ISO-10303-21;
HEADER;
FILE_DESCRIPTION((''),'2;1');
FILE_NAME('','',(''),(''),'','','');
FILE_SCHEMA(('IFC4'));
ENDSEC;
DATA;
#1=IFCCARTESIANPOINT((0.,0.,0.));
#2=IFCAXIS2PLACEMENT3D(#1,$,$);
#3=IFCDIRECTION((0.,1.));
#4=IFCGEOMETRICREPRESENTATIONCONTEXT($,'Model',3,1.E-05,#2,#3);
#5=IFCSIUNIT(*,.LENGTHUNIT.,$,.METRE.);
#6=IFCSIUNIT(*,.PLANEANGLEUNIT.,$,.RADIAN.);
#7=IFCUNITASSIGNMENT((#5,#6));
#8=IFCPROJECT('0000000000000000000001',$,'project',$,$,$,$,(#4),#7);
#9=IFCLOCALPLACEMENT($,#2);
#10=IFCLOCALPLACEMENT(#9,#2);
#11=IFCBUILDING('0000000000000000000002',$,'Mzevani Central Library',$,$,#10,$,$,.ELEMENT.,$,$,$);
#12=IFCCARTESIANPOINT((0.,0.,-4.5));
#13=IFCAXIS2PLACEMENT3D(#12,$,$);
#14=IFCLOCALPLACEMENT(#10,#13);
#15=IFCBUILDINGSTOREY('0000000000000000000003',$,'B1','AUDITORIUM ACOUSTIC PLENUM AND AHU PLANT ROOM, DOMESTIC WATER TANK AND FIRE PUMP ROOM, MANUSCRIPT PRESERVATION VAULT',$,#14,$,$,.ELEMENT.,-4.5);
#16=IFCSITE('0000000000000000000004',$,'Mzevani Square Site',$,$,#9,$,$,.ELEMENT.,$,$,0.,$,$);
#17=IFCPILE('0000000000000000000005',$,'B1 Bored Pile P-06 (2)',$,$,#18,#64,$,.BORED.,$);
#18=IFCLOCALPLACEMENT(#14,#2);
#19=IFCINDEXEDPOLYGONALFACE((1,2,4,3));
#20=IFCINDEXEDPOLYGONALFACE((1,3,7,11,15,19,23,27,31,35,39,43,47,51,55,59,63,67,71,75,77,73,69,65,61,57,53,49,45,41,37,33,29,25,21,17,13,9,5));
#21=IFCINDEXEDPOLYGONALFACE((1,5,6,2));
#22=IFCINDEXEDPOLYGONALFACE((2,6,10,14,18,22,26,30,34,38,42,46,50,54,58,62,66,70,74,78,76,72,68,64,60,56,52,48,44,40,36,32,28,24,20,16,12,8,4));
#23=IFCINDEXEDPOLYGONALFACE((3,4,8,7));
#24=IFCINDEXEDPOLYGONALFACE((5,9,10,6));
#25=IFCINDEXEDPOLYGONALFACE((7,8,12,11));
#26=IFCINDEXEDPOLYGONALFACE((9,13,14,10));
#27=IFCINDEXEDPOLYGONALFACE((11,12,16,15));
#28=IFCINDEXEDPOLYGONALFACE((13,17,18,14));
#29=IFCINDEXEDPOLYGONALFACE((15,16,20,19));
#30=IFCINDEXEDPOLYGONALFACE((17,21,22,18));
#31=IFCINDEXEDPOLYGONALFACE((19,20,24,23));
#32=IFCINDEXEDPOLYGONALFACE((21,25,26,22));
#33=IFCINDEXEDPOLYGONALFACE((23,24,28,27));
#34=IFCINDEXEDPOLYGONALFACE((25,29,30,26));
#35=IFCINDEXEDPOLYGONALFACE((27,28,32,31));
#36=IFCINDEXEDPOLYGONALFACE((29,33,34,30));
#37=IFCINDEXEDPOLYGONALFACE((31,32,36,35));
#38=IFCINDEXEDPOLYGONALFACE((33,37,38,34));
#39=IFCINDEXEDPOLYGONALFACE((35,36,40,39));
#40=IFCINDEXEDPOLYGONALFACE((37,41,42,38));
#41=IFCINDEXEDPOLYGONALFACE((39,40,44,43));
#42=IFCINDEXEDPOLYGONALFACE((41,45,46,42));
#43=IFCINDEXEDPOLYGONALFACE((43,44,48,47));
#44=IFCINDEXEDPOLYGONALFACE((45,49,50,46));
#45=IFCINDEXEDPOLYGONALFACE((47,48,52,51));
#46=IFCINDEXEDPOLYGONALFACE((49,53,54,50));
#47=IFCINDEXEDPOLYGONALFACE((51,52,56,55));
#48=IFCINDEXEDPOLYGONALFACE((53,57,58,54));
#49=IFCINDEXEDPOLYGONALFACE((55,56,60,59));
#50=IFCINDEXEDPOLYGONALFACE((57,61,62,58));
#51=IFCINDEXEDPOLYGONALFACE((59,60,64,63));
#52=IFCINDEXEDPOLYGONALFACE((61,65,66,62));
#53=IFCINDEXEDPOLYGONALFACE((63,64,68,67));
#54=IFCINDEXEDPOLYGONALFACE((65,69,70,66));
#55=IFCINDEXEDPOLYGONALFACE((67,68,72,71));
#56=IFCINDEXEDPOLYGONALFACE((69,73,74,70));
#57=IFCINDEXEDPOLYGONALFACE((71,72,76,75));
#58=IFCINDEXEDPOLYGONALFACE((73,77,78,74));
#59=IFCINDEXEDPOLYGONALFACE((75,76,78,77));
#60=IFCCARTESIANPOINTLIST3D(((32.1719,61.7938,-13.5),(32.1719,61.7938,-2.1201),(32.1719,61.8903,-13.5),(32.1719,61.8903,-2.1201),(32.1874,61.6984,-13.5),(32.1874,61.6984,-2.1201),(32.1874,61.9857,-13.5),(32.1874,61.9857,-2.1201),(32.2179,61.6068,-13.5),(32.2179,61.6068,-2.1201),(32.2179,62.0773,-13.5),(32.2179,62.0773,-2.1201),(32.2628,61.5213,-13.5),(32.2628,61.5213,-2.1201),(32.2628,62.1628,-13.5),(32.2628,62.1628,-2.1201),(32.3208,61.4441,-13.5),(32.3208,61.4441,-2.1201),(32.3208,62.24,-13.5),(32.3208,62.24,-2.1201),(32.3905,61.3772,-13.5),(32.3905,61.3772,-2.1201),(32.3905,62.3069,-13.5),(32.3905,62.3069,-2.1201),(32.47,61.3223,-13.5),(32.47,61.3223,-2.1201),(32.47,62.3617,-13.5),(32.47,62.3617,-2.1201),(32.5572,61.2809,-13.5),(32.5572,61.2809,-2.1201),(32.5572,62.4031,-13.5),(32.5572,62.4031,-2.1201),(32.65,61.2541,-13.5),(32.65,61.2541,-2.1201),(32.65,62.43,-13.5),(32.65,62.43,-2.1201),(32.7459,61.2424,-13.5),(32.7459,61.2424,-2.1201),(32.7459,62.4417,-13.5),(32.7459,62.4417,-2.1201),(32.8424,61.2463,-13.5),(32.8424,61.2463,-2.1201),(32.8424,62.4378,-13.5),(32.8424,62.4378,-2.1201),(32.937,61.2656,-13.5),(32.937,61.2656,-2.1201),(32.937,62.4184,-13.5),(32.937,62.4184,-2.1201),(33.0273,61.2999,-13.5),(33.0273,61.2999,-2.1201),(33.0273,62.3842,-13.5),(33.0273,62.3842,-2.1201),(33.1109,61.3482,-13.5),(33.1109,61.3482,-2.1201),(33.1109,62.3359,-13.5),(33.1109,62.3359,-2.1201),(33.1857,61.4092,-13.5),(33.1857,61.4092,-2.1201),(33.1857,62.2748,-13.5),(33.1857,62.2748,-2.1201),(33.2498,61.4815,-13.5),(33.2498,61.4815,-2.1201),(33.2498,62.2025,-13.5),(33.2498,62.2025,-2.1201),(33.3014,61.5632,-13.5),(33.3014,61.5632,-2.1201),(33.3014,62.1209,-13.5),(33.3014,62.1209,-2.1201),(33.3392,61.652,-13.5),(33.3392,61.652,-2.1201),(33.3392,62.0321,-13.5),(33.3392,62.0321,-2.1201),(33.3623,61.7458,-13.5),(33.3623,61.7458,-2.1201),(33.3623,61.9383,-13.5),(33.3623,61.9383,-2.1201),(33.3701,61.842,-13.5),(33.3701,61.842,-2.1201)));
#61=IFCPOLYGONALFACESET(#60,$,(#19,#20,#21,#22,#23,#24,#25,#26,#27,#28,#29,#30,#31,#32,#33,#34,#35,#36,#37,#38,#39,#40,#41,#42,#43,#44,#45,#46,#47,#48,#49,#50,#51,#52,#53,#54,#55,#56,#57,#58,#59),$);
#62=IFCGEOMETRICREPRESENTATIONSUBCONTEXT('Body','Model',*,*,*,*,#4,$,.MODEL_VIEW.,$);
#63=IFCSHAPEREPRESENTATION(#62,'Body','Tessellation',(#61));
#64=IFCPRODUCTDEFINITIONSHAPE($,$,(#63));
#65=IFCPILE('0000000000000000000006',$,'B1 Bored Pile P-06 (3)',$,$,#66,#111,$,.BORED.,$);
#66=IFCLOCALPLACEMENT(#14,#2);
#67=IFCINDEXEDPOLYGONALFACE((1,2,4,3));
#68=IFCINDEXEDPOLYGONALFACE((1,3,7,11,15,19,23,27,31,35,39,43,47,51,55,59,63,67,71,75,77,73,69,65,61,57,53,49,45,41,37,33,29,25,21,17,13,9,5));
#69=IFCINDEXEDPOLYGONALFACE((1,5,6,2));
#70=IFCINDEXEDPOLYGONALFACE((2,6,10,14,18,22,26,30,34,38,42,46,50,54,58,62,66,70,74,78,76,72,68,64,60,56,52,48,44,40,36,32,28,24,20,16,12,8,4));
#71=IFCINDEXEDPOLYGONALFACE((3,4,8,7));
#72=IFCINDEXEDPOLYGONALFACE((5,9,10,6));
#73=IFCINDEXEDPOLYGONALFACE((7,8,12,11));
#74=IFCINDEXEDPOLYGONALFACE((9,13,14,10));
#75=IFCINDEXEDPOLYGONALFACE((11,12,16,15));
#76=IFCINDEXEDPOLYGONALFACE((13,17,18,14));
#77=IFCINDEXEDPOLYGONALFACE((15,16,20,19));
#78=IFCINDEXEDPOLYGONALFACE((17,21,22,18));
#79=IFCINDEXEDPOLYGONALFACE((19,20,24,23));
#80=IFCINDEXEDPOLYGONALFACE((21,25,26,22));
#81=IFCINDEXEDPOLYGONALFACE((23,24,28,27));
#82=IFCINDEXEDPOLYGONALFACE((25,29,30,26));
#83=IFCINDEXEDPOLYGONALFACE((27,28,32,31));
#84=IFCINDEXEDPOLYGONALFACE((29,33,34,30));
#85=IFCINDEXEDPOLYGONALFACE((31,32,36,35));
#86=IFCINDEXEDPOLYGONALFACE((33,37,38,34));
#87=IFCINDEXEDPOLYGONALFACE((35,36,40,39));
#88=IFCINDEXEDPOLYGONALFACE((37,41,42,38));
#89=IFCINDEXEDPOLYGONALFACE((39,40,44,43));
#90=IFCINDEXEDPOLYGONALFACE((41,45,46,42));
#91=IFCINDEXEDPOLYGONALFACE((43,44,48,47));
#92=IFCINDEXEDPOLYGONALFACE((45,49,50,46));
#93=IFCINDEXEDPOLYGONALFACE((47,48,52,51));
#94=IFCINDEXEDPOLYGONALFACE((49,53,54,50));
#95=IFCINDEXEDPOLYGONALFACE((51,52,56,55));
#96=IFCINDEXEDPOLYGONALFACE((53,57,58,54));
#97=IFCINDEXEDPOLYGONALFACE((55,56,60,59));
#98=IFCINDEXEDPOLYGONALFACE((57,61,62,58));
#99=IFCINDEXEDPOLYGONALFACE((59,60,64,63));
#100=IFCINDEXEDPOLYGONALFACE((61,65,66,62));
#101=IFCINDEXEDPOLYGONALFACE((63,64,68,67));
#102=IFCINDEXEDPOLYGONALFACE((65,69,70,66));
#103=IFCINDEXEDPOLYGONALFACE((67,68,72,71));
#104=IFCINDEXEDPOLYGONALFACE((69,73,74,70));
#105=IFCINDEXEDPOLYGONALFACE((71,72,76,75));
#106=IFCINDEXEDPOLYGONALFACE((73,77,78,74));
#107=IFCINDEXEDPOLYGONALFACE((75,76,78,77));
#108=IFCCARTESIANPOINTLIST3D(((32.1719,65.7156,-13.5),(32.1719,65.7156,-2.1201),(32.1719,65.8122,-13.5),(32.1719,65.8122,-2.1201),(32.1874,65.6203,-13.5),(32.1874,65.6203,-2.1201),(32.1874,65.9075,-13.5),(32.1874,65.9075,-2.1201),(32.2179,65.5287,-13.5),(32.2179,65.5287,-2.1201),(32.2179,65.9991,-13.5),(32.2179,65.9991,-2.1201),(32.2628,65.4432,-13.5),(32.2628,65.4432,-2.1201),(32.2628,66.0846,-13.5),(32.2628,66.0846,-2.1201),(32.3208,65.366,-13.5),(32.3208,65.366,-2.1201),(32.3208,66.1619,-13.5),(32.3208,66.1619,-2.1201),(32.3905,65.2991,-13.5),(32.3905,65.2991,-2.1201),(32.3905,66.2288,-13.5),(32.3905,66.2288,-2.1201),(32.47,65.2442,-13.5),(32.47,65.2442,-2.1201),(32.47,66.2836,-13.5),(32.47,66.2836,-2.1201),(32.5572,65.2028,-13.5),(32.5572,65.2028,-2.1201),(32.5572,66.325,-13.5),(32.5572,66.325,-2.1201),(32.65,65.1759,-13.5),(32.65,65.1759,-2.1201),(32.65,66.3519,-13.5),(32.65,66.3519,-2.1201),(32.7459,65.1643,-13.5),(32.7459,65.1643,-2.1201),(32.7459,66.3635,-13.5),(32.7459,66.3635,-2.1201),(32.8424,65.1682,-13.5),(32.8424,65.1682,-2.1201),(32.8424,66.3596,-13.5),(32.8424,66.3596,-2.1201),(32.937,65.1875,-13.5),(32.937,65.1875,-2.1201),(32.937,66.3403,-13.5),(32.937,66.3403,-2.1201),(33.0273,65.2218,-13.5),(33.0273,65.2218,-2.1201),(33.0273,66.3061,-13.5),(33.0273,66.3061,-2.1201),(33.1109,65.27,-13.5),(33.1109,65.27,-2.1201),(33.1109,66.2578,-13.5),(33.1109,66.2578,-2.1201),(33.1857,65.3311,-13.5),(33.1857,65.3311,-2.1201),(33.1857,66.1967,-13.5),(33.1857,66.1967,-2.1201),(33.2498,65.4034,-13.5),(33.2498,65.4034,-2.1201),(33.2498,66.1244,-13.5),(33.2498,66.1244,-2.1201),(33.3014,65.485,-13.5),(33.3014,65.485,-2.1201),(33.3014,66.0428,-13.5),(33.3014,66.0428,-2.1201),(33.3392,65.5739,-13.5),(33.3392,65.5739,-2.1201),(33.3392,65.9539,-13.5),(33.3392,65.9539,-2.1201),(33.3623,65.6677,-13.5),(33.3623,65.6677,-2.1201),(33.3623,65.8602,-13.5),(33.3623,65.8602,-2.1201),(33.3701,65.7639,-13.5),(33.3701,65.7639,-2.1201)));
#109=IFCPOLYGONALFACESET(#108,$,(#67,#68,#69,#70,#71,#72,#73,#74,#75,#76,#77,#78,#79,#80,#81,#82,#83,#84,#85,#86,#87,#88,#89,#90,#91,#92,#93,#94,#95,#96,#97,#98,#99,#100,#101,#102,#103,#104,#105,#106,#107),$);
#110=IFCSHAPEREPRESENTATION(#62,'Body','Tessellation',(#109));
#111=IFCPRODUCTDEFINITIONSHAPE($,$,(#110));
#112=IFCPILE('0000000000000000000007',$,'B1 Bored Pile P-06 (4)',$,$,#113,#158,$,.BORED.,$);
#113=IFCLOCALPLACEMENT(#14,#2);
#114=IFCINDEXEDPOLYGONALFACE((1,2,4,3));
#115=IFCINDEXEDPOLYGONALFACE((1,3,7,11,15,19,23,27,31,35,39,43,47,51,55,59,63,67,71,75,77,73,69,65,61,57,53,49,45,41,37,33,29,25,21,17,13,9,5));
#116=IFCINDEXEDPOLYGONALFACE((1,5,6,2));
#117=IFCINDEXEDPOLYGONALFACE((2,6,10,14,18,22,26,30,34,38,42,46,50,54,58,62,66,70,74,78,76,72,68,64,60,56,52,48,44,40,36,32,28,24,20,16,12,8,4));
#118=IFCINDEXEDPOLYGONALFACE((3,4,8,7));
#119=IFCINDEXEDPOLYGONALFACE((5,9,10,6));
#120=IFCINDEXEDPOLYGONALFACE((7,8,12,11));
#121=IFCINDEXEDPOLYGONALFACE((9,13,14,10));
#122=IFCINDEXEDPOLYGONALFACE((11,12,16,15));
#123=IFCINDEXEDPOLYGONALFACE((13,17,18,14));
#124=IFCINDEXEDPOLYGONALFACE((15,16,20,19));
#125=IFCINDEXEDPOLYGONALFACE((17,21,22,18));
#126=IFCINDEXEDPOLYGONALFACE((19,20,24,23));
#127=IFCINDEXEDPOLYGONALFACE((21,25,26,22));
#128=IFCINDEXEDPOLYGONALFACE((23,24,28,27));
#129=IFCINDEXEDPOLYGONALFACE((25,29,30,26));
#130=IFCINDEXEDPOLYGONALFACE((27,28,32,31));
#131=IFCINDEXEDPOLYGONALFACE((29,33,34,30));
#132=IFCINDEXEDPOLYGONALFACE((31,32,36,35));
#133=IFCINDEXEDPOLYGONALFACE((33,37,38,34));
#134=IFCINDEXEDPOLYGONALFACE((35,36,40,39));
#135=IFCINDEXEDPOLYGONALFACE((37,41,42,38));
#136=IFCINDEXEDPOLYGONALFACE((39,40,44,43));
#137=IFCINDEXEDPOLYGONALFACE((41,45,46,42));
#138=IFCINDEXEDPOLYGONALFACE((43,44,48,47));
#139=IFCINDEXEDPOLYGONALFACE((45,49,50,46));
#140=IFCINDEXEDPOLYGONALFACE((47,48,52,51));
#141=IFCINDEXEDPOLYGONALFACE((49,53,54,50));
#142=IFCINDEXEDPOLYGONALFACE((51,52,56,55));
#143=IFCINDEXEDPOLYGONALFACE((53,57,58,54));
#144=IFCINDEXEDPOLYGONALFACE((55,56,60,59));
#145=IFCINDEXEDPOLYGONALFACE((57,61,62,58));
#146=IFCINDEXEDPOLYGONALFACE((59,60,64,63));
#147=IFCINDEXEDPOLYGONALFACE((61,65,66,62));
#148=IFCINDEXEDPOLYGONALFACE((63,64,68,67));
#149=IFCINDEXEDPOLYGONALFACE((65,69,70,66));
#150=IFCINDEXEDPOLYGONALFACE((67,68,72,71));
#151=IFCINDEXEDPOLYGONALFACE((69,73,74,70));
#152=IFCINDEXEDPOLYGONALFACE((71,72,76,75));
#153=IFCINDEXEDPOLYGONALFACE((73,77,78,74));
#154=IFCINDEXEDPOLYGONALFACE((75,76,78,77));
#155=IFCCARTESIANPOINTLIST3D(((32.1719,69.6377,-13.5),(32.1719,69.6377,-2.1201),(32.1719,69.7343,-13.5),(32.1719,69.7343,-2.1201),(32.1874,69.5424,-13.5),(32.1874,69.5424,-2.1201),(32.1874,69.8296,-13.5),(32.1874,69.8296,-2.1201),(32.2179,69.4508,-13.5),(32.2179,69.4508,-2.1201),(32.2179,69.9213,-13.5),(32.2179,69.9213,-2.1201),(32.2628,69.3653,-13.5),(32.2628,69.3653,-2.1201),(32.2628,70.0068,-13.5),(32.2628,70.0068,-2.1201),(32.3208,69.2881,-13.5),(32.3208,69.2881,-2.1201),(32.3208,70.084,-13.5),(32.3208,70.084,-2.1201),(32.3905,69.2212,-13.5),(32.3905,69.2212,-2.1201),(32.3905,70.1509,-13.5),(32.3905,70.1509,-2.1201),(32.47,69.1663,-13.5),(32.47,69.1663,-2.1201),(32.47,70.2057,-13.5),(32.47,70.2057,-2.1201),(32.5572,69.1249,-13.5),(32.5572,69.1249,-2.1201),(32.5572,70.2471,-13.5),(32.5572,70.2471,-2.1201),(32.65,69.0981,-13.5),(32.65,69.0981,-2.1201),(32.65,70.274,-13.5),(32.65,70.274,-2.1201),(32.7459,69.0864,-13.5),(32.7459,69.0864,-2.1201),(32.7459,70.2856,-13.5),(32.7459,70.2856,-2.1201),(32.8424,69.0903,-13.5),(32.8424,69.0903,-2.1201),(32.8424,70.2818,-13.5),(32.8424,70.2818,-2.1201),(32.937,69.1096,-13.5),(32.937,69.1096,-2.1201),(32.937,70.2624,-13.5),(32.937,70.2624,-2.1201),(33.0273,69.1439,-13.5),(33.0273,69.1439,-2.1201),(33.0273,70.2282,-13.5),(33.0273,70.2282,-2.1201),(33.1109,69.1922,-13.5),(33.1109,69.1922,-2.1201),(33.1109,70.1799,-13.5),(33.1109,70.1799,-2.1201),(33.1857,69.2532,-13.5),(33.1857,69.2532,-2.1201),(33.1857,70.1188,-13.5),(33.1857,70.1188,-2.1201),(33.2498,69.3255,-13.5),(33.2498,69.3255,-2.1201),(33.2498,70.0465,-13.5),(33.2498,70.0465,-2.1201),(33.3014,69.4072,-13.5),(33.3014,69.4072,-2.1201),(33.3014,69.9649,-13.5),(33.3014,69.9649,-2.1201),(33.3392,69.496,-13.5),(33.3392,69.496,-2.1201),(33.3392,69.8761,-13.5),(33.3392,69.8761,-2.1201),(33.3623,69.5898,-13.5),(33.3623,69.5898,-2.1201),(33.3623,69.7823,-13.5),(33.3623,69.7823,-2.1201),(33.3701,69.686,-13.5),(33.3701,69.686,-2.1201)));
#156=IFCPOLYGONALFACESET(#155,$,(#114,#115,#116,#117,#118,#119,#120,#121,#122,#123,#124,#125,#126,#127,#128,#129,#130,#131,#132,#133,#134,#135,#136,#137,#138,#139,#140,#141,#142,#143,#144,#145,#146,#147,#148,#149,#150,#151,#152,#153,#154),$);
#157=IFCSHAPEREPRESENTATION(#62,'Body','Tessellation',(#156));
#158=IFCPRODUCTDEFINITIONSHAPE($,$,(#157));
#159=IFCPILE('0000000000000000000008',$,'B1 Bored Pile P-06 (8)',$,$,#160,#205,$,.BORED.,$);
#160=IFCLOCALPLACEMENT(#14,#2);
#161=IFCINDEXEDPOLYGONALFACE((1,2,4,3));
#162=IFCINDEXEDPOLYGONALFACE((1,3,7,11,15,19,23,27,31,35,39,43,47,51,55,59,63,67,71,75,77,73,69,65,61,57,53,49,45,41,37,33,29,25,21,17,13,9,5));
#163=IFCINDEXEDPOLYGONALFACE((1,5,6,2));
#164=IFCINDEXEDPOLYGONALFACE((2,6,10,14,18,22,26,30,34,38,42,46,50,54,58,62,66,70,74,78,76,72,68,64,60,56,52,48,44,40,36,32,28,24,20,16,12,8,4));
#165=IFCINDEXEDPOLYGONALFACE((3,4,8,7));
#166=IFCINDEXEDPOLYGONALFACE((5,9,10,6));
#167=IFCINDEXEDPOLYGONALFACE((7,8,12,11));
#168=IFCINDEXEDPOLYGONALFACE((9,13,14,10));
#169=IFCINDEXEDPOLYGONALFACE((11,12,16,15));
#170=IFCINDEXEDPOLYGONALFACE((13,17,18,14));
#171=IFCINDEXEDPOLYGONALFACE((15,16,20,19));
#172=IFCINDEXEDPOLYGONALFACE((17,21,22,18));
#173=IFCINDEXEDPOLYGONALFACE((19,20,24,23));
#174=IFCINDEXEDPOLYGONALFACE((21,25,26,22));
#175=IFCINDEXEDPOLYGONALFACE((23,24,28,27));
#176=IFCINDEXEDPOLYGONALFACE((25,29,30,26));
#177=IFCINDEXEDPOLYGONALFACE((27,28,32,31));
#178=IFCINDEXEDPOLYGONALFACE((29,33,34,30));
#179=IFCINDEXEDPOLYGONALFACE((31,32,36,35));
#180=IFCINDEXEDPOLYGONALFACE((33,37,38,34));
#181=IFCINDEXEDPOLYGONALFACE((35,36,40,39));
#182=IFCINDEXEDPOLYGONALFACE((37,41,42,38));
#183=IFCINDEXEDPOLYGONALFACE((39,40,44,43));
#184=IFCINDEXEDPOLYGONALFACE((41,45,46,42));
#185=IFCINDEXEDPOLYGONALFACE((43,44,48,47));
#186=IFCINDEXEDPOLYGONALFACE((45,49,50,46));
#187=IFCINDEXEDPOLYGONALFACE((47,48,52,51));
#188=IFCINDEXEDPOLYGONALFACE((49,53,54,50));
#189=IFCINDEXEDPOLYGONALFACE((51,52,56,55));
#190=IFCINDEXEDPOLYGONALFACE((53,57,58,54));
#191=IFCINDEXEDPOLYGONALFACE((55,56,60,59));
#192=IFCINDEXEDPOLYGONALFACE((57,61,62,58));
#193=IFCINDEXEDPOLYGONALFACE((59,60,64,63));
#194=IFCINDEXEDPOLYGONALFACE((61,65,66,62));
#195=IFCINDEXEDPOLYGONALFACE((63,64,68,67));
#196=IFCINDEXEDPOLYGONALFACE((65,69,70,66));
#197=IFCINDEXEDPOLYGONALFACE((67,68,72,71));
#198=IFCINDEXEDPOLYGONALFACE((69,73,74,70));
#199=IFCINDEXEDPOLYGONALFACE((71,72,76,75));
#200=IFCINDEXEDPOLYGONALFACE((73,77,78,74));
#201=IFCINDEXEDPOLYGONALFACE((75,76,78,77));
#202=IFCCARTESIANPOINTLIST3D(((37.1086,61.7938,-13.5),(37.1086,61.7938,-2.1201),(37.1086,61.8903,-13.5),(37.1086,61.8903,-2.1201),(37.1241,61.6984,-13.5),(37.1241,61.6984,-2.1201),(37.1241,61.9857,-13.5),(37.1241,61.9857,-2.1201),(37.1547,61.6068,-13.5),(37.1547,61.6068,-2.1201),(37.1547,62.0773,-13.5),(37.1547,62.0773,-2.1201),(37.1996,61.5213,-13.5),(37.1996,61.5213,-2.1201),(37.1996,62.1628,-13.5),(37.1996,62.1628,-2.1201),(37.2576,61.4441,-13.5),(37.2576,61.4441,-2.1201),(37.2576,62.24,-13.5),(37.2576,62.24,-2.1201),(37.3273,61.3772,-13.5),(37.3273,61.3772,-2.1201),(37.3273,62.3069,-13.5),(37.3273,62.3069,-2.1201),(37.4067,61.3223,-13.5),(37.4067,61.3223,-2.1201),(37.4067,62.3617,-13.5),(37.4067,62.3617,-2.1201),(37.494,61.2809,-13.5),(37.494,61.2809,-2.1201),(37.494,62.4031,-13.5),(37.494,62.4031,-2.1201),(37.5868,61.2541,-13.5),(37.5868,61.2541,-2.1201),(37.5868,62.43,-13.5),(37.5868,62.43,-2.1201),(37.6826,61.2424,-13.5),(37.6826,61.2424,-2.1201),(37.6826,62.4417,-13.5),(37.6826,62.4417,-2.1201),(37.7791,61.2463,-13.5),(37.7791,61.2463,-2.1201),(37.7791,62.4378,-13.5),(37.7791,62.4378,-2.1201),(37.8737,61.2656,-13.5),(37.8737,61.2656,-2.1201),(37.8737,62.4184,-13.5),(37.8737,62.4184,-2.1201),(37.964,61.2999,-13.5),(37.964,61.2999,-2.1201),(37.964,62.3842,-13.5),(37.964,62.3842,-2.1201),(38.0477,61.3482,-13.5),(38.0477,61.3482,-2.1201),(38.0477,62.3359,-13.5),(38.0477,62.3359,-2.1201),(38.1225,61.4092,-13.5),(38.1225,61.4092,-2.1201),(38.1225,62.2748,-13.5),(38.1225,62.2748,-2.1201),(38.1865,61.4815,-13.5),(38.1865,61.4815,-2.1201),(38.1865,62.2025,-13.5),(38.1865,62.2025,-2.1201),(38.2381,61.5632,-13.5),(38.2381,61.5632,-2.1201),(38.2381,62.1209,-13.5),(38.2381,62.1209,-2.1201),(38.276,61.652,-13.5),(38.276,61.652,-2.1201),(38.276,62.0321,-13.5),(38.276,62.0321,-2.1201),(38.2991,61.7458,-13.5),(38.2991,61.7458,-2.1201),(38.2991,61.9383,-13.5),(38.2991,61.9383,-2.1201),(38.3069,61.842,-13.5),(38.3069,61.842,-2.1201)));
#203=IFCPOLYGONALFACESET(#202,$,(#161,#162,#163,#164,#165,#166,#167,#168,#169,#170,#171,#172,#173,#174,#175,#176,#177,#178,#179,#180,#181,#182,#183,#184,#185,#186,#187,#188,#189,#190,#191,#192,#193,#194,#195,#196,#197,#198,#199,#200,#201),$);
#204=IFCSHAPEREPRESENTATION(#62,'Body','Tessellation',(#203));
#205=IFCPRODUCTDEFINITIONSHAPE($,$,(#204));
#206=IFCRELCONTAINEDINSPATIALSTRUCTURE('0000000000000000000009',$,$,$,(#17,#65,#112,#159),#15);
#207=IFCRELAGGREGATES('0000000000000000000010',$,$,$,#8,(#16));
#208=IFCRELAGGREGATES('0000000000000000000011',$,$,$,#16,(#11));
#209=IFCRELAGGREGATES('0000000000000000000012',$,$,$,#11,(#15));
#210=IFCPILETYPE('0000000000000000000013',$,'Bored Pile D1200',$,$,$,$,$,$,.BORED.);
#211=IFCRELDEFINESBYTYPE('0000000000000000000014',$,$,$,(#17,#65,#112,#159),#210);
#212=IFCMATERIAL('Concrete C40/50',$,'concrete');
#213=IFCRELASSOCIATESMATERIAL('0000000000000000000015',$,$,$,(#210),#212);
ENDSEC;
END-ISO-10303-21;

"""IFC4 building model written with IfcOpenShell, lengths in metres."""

from ifc_helpers import new_model, si_unit, direction, frame, origin, origin_2d, place, context, subcontext, project, spatial, circle, extrude, material, material_profile, profile_set, type_object, element, save


model = new_model("IFC4")

# Units and contexts
model_context = context("Model", 3, precision=1e-05, world=origin(), true_north=direction((0.0, 1.0)))
body_context = subcontext(model_context, "Body", "Model", "MODEL_VIEW")
ifc_project = project(units=[si_unit("LENGTHUNIT", "METRE"), si_unit("PLANEANGLEUNIT", "RADIAN")], contexts=[model_context])

# Site, building, storey
site_placement = place(None, origin())
site = spatial("IfcSite", under=ifc_project, at=site_placement, Name="Mzevani Square Site", CompositionType="ELEMENT", RefElevation=0.0)
building_placement = place(site_placement, origin())
building = spatial("IfcBuilding", under=site, at=building_placement, Name="Mzevani Central Library", CompositionType="ELEMENT")
storey_placement = place(building_placement, frame((0.0, 0.0, -4.5)))
storey = spatial("IfcBuildingStorey", under=building, at=storey_placement, Name="B1", Description="AUDITORIUM ACOUSTIC PLENUM AND AHU PLANT ROOM, DOMESTIC WATER TANK AND FIRE PUMP ROOM, MANUSCRIPT PRESERVATION VAULT", CompositionType="ELEMENT", Elevation=-4.5)

# Piles
ifc_material_1 = material(Name="Concrete C40/50", Category="concrete")
ifc_material_profile_1 = material_profile(ifc_material_1, circle(Radius=0.6001, at=origin_2d()), Name="PILE D1200")
ifc_profile_set_1 = profile_set([ifc_material_profile_1], Name="Concrete C40/50")
pile_type_1 = type_object("IfcPileType", Name="Bored Pile D1200", PredefinedType="BORED", material=ifc_profile_set_1)
for number, where, z_axis, x_axis, name in (
    (1, (32.77, 61.842, -2.1201), (0.0, 0.0, -1.0), (1.0, 0.0, 0.0), "B1 Bored Pile P-06 (2)"),
    (2, (32.77, 65.7639, -2.1201), (0.0, 0.0, -1.0), (1.0, 0.0, 0.0), "B1 Bored Pile P-06 (3)"),
    (3, (32.77, 69.686, -2.1201), (0.0, 0.0, -1.0), (1.0, 0.0, 0.0), "B1 Bored Pile P-06 (4)"),
    (4, (37.7068, 61.842, -2.1201), (0.0, 0.0, -1.0), (1.0, 0.0, 0.0), "B1 Bored Pile P-06 (8)"),
):
    element("IfcPile", number, at=place(storey_placement, frame(where, z_axis=z_axis, x_axis=x_axis)), inside=storey, type_object=pile_type_1, Name=name, PredefinedType="BORED", context=body_context, shape_type="SweptSolid", body=[
        extrude(circle(Radius=0.6001, at=origin_2d()), origin(), (0.0, 0.0, 1.0), 11.3799),
    ])

save(model, "model.ifc")
